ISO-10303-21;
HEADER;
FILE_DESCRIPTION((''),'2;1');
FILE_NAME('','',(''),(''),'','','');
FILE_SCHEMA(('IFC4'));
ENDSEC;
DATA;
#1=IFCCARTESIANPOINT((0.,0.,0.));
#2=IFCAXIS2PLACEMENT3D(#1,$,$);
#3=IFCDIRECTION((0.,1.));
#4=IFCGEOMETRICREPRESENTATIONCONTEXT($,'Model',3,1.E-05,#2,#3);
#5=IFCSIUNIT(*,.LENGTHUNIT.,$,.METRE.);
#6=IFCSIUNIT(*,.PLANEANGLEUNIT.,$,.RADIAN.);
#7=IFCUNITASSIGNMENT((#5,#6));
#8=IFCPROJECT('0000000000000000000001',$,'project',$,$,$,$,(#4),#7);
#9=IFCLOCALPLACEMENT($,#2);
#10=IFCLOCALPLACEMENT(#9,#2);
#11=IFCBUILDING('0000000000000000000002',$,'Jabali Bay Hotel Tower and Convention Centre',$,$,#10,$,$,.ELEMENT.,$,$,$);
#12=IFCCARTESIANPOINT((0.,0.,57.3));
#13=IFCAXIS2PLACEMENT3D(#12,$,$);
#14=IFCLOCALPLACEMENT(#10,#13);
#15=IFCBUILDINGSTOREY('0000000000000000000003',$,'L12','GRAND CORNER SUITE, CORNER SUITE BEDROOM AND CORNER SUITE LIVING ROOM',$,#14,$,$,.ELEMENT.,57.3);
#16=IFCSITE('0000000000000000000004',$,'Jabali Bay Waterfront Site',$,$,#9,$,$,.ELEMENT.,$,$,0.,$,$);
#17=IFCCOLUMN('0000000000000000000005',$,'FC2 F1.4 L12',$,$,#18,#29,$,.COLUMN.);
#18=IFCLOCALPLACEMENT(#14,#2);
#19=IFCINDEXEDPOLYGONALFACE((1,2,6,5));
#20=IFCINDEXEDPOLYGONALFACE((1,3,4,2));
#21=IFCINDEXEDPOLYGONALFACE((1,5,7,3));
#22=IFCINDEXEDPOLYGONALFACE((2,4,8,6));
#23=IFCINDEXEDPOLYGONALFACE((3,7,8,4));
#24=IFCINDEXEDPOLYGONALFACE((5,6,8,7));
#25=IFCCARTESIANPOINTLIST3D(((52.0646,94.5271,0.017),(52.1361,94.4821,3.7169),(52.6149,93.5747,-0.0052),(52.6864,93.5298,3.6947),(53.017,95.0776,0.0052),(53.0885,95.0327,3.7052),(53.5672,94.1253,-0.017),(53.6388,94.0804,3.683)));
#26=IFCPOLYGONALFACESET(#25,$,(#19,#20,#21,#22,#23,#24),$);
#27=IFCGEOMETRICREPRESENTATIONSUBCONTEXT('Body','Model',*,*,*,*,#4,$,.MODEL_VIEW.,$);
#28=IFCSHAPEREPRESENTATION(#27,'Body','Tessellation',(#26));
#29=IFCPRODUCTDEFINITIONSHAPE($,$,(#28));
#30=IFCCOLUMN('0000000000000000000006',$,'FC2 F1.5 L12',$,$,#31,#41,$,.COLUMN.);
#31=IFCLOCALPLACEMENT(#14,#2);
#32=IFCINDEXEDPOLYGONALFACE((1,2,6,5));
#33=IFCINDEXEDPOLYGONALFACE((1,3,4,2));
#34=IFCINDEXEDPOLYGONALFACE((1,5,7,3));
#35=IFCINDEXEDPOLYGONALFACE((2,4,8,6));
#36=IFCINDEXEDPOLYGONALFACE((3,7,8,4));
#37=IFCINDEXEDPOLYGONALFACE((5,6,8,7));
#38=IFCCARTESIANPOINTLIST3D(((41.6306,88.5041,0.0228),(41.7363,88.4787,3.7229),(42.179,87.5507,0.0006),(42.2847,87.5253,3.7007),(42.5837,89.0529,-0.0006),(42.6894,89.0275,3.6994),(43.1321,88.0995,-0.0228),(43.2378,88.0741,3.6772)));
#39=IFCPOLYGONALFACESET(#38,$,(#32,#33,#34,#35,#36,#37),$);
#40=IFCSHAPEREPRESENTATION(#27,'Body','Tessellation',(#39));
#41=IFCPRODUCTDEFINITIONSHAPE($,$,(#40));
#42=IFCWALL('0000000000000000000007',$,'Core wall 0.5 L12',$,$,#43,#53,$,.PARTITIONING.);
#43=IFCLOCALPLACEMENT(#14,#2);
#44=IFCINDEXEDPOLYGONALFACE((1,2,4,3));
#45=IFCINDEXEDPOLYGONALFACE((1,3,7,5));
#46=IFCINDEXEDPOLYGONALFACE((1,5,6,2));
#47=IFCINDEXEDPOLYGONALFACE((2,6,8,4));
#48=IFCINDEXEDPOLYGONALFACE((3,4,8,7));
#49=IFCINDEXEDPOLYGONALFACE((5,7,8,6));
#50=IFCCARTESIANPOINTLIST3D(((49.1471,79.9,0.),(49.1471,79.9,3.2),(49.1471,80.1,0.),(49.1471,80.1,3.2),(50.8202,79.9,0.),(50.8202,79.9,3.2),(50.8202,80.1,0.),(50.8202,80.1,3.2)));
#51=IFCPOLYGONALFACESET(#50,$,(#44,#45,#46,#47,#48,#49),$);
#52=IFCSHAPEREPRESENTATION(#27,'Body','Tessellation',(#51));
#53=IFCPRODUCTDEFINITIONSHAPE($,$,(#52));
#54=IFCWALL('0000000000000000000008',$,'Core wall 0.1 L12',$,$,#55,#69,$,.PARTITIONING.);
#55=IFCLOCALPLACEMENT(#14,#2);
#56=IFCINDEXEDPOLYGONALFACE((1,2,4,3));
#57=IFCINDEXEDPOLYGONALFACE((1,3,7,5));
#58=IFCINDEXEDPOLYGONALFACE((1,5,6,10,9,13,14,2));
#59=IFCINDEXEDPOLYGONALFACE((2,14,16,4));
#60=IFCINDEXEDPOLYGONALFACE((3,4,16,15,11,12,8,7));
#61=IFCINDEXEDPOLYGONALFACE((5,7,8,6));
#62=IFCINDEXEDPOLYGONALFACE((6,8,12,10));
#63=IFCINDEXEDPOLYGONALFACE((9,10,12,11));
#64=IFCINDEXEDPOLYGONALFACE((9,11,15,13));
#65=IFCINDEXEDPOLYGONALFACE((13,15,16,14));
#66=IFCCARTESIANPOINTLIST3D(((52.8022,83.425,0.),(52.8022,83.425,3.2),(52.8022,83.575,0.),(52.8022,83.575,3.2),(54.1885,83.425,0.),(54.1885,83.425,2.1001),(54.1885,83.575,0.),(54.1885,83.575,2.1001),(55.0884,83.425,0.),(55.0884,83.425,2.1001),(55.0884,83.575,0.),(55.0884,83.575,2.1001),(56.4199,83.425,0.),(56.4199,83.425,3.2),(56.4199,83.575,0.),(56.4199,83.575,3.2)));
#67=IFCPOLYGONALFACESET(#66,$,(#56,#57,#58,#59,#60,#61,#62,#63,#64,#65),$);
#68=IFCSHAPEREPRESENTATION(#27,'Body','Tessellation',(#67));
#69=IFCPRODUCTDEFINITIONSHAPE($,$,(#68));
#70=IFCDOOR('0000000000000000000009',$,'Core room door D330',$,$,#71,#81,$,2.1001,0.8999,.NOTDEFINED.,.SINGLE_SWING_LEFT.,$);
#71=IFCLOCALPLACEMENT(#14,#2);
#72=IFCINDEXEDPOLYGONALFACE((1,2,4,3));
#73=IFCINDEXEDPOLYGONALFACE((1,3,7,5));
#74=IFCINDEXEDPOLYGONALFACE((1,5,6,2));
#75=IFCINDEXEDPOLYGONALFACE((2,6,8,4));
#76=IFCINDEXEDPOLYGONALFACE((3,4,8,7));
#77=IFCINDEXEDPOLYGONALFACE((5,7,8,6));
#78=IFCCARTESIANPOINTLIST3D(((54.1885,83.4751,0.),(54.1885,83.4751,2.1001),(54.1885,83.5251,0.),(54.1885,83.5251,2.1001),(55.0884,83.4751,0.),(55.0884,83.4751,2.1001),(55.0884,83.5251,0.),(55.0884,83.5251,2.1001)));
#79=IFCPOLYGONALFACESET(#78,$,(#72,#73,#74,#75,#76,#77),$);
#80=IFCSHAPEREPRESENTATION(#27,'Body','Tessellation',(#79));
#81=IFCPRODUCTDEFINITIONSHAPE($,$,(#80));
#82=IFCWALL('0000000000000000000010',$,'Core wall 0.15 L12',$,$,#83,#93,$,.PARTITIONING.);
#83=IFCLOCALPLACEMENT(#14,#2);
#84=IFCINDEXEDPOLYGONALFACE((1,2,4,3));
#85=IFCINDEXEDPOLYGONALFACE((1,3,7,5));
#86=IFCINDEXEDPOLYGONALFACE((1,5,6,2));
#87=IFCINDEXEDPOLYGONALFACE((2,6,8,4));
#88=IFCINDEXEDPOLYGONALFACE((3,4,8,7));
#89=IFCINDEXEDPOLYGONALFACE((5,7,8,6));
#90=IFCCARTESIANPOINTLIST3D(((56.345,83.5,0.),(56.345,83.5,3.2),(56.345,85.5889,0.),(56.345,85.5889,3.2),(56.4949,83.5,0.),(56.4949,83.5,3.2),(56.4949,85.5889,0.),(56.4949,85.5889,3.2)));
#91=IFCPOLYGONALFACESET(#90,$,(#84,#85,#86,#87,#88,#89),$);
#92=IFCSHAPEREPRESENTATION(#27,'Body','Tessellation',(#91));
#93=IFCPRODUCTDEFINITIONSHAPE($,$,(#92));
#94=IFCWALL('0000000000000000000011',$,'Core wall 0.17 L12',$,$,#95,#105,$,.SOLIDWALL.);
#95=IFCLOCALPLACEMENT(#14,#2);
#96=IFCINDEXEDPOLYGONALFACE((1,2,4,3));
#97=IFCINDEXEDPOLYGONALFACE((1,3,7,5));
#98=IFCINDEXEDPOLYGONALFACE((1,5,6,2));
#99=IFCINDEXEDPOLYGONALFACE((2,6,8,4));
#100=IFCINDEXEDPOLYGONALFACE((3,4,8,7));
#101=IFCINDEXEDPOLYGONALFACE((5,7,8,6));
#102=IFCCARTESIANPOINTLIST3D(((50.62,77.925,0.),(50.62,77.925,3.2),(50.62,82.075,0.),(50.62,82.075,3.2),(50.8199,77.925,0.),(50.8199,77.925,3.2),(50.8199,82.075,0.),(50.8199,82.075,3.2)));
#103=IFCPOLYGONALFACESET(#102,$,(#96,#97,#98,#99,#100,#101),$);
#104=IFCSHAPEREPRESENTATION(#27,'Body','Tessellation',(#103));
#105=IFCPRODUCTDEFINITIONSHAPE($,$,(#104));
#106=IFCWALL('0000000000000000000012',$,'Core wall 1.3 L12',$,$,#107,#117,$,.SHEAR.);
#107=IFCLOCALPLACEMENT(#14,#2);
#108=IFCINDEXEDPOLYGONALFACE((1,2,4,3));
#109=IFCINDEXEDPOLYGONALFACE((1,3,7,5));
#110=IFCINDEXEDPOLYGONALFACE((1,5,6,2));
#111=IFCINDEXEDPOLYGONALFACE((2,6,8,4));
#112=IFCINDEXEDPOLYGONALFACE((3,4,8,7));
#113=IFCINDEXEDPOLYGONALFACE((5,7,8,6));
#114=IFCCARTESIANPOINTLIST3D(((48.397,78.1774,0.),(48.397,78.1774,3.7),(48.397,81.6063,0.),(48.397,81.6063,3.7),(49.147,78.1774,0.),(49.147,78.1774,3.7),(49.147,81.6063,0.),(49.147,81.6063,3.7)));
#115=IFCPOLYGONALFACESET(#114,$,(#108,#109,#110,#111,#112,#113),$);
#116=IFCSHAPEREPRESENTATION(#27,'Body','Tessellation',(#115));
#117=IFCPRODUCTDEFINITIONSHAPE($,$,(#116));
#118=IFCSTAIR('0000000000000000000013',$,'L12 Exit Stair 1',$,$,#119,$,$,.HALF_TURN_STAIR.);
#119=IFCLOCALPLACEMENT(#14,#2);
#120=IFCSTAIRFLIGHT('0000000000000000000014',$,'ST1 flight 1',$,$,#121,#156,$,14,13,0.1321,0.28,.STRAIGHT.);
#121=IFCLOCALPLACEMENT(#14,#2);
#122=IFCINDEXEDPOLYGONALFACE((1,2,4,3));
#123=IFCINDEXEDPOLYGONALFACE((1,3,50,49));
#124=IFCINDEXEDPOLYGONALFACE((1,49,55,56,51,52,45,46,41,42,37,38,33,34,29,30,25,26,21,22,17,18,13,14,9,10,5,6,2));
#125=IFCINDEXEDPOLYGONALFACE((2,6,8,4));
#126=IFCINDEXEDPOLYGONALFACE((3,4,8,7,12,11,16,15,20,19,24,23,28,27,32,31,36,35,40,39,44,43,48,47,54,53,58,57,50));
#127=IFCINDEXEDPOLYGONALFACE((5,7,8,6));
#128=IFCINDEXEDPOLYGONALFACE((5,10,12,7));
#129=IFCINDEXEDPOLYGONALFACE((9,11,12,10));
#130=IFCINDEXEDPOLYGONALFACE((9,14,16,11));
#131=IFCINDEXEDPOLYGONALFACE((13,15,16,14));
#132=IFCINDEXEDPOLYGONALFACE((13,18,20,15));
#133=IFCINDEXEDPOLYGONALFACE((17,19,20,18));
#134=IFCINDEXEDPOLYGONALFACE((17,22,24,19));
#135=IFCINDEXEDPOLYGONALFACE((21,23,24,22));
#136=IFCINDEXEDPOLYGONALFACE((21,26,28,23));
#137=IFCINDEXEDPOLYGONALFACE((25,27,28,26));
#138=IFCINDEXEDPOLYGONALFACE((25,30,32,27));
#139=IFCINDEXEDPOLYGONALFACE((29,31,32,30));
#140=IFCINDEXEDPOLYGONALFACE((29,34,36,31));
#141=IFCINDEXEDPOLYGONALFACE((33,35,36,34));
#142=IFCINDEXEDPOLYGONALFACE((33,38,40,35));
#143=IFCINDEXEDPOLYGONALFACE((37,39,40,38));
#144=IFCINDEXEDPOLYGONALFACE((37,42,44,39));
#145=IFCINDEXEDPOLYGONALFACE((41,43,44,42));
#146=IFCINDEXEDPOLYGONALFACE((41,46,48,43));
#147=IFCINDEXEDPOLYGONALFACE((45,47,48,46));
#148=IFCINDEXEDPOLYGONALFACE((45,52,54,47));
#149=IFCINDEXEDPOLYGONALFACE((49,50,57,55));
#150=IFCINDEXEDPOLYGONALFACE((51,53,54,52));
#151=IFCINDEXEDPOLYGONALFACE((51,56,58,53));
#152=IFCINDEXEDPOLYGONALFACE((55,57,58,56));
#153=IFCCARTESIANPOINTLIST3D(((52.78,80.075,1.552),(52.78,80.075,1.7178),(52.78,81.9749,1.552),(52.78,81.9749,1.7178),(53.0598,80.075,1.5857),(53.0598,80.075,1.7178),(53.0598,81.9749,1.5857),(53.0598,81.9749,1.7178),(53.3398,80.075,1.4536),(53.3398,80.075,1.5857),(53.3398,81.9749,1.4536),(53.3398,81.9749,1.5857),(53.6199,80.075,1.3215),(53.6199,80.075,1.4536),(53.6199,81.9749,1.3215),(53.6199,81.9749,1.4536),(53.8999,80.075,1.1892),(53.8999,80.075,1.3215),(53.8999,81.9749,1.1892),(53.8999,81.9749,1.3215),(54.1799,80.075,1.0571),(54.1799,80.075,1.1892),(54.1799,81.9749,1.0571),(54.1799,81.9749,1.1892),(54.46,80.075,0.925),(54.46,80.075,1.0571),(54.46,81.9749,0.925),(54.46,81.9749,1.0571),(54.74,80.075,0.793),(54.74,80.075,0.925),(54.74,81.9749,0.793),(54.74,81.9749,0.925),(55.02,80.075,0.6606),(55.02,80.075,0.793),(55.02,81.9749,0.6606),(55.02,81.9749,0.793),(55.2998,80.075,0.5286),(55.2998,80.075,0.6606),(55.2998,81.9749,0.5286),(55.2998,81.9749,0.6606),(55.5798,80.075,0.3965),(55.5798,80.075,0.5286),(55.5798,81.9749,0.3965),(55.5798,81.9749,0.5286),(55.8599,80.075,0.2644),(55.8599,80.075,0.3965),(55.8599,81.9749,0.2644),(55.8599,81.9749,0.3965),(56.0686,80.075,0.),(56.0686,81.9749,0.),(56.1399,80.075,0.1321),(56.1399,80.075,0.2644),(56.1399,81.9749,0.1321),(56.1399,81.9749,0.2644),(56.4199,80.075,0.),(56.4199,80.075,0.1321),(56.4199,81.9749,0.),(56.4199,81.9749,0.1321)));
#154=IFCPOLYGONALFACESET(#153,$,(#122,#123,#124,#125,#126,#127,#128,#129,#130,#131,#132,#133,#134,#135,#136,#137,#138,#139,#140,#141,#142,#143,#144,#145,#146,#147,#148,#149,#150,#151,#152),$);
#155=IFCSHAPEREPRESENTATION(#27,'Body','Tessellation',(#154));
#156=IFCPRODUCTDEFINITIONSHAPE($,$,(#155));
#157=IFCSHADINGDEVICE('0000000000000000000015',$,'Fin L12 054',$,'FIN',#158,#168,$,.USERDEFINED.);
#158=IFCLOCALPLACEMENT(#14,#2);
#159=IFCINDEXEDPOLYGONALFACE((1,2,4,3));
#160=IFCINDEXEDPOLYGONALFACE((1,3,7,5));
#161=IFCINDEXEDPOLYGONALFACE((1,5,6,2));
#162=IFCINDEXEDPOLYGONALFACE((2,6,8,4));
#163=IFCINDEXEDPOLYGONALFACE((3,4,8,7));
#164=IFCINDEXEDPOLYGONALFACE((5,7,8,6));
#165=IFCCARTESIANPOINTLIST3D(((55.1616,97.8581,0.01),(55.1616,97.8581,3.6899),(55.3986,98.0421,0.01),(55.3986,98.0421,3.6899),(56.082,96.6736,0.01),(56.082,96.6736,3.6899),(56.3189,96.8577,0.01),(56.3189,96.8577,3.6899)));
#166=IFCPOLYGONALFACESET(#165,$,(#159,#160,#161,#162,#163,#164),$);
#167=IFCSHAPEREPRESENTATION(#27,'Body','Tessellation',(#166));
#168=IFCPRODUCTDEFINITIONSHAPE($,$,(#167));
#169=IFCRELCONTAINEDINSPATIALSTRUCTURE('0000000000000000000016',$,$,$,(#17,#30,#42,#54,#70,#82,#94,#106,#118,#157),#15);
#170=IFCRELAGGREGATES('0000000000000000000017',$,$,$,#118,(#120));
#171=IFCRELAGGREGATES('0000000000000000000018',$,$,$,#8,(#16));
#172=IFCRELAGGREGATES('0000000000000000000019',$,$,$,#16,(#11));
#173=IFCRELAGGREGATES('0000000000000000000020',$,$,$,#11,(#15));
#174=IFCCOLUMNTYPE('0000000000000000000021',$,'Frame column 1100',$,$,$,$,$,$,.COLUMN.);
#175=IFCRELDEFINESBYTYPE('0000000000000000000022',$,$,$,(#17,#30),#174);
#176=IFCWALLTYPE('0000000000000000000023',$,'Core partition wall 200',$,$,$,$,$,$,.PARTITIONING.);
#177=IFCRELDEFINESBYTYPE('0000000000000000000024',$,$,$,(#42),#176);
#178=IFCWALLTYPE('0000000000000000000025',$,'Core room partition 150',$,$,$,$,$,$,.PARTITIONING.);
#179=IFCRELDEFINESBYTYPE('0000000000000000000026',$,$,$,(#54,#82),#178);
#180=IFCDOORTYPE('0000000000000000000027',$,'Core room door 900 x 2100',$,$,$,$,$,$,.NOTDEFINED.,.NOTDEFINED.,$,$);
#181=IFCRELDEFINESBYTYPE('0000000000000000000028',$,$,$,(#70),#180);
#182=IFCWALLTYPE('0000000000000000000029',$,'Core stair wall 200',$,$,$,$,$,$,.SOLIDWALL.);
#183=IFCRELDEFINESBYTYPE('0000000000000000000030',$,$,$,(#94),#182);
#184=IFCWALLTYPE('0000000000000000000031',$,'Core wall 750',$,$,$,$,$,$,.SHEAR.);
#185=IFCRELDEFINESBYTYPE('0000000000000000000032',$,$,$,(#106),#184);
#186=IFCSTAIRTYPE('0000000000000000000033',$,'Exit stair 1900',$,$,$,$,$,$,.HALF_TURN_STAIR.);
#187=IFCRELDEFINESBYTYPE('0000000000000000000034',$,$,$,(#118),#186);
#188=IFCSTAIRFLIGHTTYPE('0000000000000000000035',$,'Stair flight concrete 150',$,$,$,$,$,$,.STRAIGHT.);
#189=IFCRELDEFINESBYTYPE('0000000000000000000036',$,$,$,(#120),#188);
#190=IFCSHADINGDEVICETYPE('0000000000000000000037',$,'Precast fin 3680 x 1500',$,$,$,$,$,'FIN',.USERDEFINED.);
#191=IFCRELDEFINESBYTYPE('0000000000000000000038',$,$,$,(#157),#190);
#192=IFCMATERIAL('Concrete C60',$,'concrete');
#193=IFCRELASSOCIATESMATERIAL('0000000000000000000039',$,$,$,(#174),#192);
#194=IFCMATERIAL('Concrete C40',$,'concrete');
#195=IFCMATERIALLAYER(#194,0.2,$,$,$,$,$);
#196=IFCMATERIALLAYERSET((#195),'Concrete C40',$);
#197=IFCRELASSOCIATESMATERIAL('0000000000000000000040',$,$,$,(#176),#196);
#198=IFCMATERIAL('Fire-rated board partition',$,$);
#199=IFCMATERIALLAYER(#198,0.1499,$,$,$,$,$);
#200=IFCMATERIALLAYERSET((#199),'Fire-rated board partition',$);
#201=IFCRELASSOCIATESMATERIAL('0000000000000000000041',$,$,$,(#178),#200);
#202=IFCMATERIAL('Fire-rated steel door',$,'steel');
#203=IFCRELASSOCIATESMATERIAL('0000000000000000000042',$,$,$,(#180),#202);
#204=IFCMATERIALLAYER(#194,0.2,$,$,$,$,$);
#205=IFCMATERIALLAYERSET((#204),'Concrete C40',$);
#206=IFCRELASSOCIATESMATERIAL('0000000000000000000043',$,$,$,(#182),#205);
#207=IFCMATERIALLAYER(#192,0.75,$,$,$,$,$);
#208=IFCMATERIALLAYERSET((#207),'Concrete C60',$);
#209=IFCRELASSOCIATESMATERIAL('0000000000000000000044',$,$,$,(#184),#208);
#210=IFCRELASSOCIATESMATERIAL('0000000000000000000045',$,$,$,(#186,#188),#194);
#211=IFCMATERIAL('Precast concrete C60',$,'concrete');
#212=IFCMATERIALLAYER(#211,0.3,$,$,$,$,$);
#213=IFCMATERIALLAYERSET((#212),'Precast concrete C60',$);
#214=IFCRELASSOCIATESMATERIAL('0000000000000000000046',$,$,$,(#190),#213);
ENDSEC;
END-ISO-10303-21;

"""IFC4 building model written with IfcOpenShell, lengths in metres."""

from ifc_helpers import new_model, si_unit, direction, frame, frame_2d, origin, origin_2d, place, context, subcontext, project, spatial, polyline, rectangle, outline, extrude, material, layer, layer_set, material_profile, profile_set, type_object, element, fill, aggregate, save


model = new_model("IFC4")

# Units and contexts
model_context = context("Model", 3, precision=1e-05, world=origin(), true_north=direction((0.0, 1.0)))
body_context = subcontext(model_context, "Body", "Model", "MODEL_VIEW")
ifc_project = project(units=[si_unit("LENGTHUNIT", "METRE"), si_unit("PLANEANGLEUNIT", "RADIAN")], contexts=[model_context])

# Site, building, storey
site_placement = place(None, origin())
site = spatial("IfcSite", under=ifc_project, at=site_placement, Name="Jabali Bay Waterfront Site", CompositionType="ELEMENT", RefElevation=0.0)
building_placement = place(site_placement, origin())
building = spatial("IfcBuilding", under=site, at=building_placement, Name="Jabali Bay Hotel Tower and Convention Centre", CompositionType="ELEMENT")
storey_placement = place(building_placement, frame((0.0, 0.0, 57.3)))
storey = spatial("IfcBuildingStorey", under=building, at=storey_placement, Name="L12", Description="GRAND CORNER SUITE, CORNER SUITE BEDROOM AND CORNER SUITE LIVING ROOM", CompositionType="ELEMENT", Elevation=57.3)

# Columns
ifc_material_1 = material(Name="Concrete C60", Category="concrete")
ifc_material_profile = material_profile(ifc_material_1, rectangle(XDim=1.1001, YDim=1.1001, at=origin_2d()), Name="Frame column 1100")
ifc_profile_set = profile_set([ifc_material_profile], Name="Concrete C60")
column_type = type_object("IfcColumnType", Name="Frame column 1100", PredefinedType="COLUMN", material=ifc_profile_set)
column_1_placement = place(storey_placement, frame((52.8159, 94.3262, 0.0), z_axis=(0.019329, -0.012138, 0.99974), x_axis=(-0.500206, 0.865671, 0.020181)))
element("IfcColumn", 1, at=column_1_placement, inside=storey, type_object=column_type, Name="FC2 F1.4 L12", PredefinedType="COLUMN", context=body_context, shape_type="SweptSolid", body=[
    extrude(rectangle(XDim=1.1001, YDim=1.1001, at=origin_2d()), origin(), (0.0, 0.0, 1.0), 3.7009),
])
column_2_placement = place(storey_placement, frame((42.3813, 88.3018, 0.0), z_axis=(0.028559, -0.006859, 0.999569), x_axis=(-0.498513, 0.866647, 0.020191)))
element("IfcColumn", 2, at=column_2_placement, inside=storey, type_object=column_type, Name="FC2 F1.5 L12", PredefinedType="COLUMN", context=body_context, shape_type="SweptSolid", body=[
    extrude(rectangle(XDim=1.1001, YDim=1.1001, at=origin_2d()), origin(), (0.0, 0.0, 1.0), 3.7017),
])

# Wall
ifc_material_2 = material(Name="Concrete C40", Category="concrete")
ifc_layer_1 = layer(ifc_material_2, 0.2)
ifc_layer_set_1 = layer_set([ifc_layer_1], Name="Concrete C40")
wall_type_1 = type_object("IfcWallType", Name="Core partition wall 200", PredefinedType="PARTITIONING", material=ifc_layer_set_1)
wall_1_placement = place(storey_placement, frame((50.8201, 80.0, 0.0), z_axis=(0.0, 0.0, 1.0), x_axis=(-1.0, 0.0, 0.0)))
element("IfcWall", 3, at=wall_1_placement, inside=storey, type_object=wall_type_1, Name="Core wall 0.5 L12", PredefinedType="PARTITIONING", context=body_context, shape_type="SweptSolid", body=[
    extrude(rectangle(XDim=1.6731, YDim=0.2, at=frame_2d((0.8364, 0.0))), origin(), (0.0, 0.0, 1.0), 3.2),
])

# Wall, opening, door
ifc_material_3 = material(Name="Fire-rated board partition")
ifc_layer_2 = layer(ifc_material_3, 0.1499)
ifc_layer_set_2 = layer_set([ifc_layer_2], Name="Fire-rated board partition")
wall_type_2 = type_object("IfcWallType", Name="Core room partition 150", PredefinedType="PARTITIONING", material=ifc_layer_set_2)
wall_2_placement = place(storey_placement, frame((56.4199, 83.5, 0.0), z_axis=(0.0, 0.0, 1.0), x_axis=(-1.0, 0.0, 0.0)))
wall_2 = element("IfcWall", 4, at=wall_2_placement, inside=storey, type_object=wall_type_2, Name="Core wall 0.1 L12", PredefinedType="PARTITIONING", context=body_context, shape_type="SweptSolid", body=[
    extrude(rectangle(XDim=3.6177, YDim=0.1499, at=frame_2d((1.8088, 0.0))), origin(), (0.0, 0.0, 1.0), 3.2),
])
opening_placement = place(wall_2_placement, frame((1.3315, 0.0, 0.0)))
opening = element("IfcOpeningElement", 5, at=opening_placement, cuts=wall_2, PredefinedType="OPENING", context=body_context, shape_type="SweptSolid", body=[
    extrude(rectangle(XDim=0.8999, YDim=2.1001, at=frame_2d((0.45, 1.05))), frame((0.0, 0.0854, 0.0), z_axis=(0.0, -1.0, 0.0), x_axis=(1.0, 0.0, 0.0)), (0.0, 0.0, 1.0), 0.1709),
])
ifc_material_4 = material(Name="Fire-rated steel door", Category="steel")
door_type = type_object("IfcDoorType", Name="Core room door 900 x 2100", OperationType="NOTDEFINED", PredefinedType="NOTDEFINED", material=ifc_material_4)
door_placement = place(opening_placement, origin())
door = element("IfcDoor", 6, at=door_placement, inside=storey, type_object=door_type, Name="Core room door D330", OperationType="SINGLE_SWING_LEFT", OverallHeight=2.1001, OverallWidth=0.8999, PredefinedType="NOTDEFINED", context=body_context, shape_type="SweptSolid", body=[
    extrude(rectangle(XDim=0.8999, YDim=2.1001, at=frame_2d((0.45, 1.05))), frame((0.0, 0.0249, 0.0), z_axis=(0.0, -1.0, 0.0), x_axis=(1.0, 0.0, 0.0)), (0.0, 0.0, 1.0), 0.05),
])
fill(opening, door)

# Walls
wall_3_placement = place(storey_placement, frame((56.4199, 85.5889, 0.0), z_axis=(0.0, 0.0, 1.0), x_axis=(0.0, -1.0, 0.0)))
element("IfcWall", 7, at=wall_3_placement, inside=storey, type_object=wall_type_2, Name="Core wall 0.15 L12", PredefinedType="PARTITIONING", context=body_context, shape_type="SweptSolid", body=[
    extrude(rectangle(XDim=2.0889, YDim=0.1499, at=frame_2d((1.0444, 0.0))), origin(), (0.0, 0.0, 1.0), 3.2),
])
ifc_layer_3 = layer(ifc_material_2, 0.2)
ifc_layer_set_3 = layer_set([ifc_layer_3], Name="Concrete C40")
wall_type_3 = type_object("IfcWallType", Name="Core stair wall 200", PredefinedType="SOLIDWALL", material=ifc_layer_set_3)
wall_4_placement = place(storey_placement, frame((50.72, 82.075, 0.0), z_axis=(0.0, 0.0, 1.0), x_axis=(0.0, -1.0, 0.0)))
element("IfcWall", 8, at=wall_4_placement, inside=storey, type_object=wall_type_3, Name="Core wall 0.17 L12", PredefinedType="SOLIDWALL", context=body_context, shape_type="SweptSolid", body=[
    extrude(rectangle(XDim=4.1499, YDim=0.2, at=frame_2d((2.075, 0.0))), origin(), (0.0, 0.0, 1.0), 3.2),
])
ifc_layer_4 = layer(ifc_material_1, 0.75)
ifc_layer_set_4 = layer_set([ifc_layer_4], Name="Concrete C60")
wall_type_4 = type_object("IfcWallType", Name="Core wall 750", PredefinedType="SHEAR", material=ifc_layer_set_4)
wall_5_placement = place(storey_placement, frame((48.772, 81.6062, 0.0), z_axis=(0.0, 0.0, 1.0), x_axis=(0.0, -1.0, 0.0)))
element("IfcWall", 9, at=wall_5_placement, inside=storey, type_object=wall_type_4, Name="Core wall 1.3 L12", PredefinedType="SHEAR", context=body_context, shape_type="SweptSolid", body=[
    extrude(rectangle(XDim=3.429, YDim=0.75, at=frame_2d((1.7144, 0.0))), origin(), (0.0, 0.0, 1.0), 3.7),
])

# Stair, stair flight
stair_type = type_object("IfcStairType", Name="Exit stair 1900", PredefinedType="HALF_TURN_STAIR", material=ifc_material_2)
stair_placement = place(storey_placement, origin())
stair = element("IfcStair", 10, at=stair_placement, inside=storey, type_object=stair_type, Name="L12 Exit Stair 1", PredefinedType="HALF_TURN_STAIR")
stair_flight_type = type_object("IfcStairFlightType", Name="Stair flight concrete 150", PredefinedType="STRAIGHT", material=ifc_material_2)
stair_flight_placement = place(storey_placement, frame((56.4199, 81.0249, 0.0), z_axis=(0.0, 0.0, 1.0), x_axis=(-1.0, 0.0, 0.0)))
stair_flight = element("IfcStairFlight", 11, at=stair_flight_placement, type_object=stair_flight_type, Name="ST1 flight 1", NumberOfRisers=14, NumberOfTreads=13, PredefinedType="STRAIGHT", RiserHeight=0.1321, TreadLength=0.28, context=body_context, shape_type="SweptSolid", body=[
    extrude(outline(polyline([(0.0, 0.0), (0.0, 0.1321), (0.28, 0.1321), (0.28, 0.2644), (0.5601, 0.2644), (0.5601, 0.3965), (0.8401, 0.3965), (0.8401, 0.5286), (1.1201, 0.5286), (1.1201, 0.6606), (1.3999, 0.6606), (1.3999, 0.793), (1.6799, 0.793), (1.6799, 0.925), (1.96, 0.925), (1.96, 1.0571), (2.24, 1.0571), (2.24, 1.1892), (2.52, 1.1892), (2.52, 1.3215), (2.8, 1.3215), (2.8, 1.4536), (3.0801, 1.4536), (3.0801, 1.5857), (3.3601, 1.5857), (3.3601, 1.7178), (3.6399, 1.7178), (3.6399, 1.8501), (3.6399, 1.552), (0.3513, 0.0), (0.0, 0.0)])), frame((0.0, 0.95, 0.0), z_axis=(0.0, -1.0, 0.0), x_axis=(1.0, 0.0, 0.0)), (0.0, 0.0, 1.0), 1.8999),
])
aggregate(stair, [stair_flight])

# Shading device
ifc_material_5 = material(Name="Precast concrete C60", Category="concrete")
ifc_layer_5 = layer(ifc_material_5, 0.3)
ifc_layer_set_5 = layer_set([ifc_layer_5], Name="Precast concrete C60")
shading_device_type = type_object("IfcShadingDeviceType", Name="Precast fin 3680 x 1500", ElementType="FIN", PredefinedType="USERDEFINED", material=ifc_layer_set_5)
shading_device_1_placement = place(storey_placement, frame((56.2004, 96.7656, 0.01), z_axis=(0.0, 0.0, 1.0), x_axis=(-0.613557, 0.78965, 0.0)))
element("IfcShadingDevice", 12, at=shading_device_1_placement, inside=storey, type_object=shading_device_type, Name="Fin L12 054", ObjectType="FIN", PredefinedType="USERDEFINED", context=body_context, shape_type="SweptSolid", body=[
    extrude(rectangle(XDim=1.5, YDim=0.3, at=frame_2d((0.75, 0.0))), origin(), (0.0, 0.0, 1.0), 3.6799),
])

save(model, "model.ifc")
